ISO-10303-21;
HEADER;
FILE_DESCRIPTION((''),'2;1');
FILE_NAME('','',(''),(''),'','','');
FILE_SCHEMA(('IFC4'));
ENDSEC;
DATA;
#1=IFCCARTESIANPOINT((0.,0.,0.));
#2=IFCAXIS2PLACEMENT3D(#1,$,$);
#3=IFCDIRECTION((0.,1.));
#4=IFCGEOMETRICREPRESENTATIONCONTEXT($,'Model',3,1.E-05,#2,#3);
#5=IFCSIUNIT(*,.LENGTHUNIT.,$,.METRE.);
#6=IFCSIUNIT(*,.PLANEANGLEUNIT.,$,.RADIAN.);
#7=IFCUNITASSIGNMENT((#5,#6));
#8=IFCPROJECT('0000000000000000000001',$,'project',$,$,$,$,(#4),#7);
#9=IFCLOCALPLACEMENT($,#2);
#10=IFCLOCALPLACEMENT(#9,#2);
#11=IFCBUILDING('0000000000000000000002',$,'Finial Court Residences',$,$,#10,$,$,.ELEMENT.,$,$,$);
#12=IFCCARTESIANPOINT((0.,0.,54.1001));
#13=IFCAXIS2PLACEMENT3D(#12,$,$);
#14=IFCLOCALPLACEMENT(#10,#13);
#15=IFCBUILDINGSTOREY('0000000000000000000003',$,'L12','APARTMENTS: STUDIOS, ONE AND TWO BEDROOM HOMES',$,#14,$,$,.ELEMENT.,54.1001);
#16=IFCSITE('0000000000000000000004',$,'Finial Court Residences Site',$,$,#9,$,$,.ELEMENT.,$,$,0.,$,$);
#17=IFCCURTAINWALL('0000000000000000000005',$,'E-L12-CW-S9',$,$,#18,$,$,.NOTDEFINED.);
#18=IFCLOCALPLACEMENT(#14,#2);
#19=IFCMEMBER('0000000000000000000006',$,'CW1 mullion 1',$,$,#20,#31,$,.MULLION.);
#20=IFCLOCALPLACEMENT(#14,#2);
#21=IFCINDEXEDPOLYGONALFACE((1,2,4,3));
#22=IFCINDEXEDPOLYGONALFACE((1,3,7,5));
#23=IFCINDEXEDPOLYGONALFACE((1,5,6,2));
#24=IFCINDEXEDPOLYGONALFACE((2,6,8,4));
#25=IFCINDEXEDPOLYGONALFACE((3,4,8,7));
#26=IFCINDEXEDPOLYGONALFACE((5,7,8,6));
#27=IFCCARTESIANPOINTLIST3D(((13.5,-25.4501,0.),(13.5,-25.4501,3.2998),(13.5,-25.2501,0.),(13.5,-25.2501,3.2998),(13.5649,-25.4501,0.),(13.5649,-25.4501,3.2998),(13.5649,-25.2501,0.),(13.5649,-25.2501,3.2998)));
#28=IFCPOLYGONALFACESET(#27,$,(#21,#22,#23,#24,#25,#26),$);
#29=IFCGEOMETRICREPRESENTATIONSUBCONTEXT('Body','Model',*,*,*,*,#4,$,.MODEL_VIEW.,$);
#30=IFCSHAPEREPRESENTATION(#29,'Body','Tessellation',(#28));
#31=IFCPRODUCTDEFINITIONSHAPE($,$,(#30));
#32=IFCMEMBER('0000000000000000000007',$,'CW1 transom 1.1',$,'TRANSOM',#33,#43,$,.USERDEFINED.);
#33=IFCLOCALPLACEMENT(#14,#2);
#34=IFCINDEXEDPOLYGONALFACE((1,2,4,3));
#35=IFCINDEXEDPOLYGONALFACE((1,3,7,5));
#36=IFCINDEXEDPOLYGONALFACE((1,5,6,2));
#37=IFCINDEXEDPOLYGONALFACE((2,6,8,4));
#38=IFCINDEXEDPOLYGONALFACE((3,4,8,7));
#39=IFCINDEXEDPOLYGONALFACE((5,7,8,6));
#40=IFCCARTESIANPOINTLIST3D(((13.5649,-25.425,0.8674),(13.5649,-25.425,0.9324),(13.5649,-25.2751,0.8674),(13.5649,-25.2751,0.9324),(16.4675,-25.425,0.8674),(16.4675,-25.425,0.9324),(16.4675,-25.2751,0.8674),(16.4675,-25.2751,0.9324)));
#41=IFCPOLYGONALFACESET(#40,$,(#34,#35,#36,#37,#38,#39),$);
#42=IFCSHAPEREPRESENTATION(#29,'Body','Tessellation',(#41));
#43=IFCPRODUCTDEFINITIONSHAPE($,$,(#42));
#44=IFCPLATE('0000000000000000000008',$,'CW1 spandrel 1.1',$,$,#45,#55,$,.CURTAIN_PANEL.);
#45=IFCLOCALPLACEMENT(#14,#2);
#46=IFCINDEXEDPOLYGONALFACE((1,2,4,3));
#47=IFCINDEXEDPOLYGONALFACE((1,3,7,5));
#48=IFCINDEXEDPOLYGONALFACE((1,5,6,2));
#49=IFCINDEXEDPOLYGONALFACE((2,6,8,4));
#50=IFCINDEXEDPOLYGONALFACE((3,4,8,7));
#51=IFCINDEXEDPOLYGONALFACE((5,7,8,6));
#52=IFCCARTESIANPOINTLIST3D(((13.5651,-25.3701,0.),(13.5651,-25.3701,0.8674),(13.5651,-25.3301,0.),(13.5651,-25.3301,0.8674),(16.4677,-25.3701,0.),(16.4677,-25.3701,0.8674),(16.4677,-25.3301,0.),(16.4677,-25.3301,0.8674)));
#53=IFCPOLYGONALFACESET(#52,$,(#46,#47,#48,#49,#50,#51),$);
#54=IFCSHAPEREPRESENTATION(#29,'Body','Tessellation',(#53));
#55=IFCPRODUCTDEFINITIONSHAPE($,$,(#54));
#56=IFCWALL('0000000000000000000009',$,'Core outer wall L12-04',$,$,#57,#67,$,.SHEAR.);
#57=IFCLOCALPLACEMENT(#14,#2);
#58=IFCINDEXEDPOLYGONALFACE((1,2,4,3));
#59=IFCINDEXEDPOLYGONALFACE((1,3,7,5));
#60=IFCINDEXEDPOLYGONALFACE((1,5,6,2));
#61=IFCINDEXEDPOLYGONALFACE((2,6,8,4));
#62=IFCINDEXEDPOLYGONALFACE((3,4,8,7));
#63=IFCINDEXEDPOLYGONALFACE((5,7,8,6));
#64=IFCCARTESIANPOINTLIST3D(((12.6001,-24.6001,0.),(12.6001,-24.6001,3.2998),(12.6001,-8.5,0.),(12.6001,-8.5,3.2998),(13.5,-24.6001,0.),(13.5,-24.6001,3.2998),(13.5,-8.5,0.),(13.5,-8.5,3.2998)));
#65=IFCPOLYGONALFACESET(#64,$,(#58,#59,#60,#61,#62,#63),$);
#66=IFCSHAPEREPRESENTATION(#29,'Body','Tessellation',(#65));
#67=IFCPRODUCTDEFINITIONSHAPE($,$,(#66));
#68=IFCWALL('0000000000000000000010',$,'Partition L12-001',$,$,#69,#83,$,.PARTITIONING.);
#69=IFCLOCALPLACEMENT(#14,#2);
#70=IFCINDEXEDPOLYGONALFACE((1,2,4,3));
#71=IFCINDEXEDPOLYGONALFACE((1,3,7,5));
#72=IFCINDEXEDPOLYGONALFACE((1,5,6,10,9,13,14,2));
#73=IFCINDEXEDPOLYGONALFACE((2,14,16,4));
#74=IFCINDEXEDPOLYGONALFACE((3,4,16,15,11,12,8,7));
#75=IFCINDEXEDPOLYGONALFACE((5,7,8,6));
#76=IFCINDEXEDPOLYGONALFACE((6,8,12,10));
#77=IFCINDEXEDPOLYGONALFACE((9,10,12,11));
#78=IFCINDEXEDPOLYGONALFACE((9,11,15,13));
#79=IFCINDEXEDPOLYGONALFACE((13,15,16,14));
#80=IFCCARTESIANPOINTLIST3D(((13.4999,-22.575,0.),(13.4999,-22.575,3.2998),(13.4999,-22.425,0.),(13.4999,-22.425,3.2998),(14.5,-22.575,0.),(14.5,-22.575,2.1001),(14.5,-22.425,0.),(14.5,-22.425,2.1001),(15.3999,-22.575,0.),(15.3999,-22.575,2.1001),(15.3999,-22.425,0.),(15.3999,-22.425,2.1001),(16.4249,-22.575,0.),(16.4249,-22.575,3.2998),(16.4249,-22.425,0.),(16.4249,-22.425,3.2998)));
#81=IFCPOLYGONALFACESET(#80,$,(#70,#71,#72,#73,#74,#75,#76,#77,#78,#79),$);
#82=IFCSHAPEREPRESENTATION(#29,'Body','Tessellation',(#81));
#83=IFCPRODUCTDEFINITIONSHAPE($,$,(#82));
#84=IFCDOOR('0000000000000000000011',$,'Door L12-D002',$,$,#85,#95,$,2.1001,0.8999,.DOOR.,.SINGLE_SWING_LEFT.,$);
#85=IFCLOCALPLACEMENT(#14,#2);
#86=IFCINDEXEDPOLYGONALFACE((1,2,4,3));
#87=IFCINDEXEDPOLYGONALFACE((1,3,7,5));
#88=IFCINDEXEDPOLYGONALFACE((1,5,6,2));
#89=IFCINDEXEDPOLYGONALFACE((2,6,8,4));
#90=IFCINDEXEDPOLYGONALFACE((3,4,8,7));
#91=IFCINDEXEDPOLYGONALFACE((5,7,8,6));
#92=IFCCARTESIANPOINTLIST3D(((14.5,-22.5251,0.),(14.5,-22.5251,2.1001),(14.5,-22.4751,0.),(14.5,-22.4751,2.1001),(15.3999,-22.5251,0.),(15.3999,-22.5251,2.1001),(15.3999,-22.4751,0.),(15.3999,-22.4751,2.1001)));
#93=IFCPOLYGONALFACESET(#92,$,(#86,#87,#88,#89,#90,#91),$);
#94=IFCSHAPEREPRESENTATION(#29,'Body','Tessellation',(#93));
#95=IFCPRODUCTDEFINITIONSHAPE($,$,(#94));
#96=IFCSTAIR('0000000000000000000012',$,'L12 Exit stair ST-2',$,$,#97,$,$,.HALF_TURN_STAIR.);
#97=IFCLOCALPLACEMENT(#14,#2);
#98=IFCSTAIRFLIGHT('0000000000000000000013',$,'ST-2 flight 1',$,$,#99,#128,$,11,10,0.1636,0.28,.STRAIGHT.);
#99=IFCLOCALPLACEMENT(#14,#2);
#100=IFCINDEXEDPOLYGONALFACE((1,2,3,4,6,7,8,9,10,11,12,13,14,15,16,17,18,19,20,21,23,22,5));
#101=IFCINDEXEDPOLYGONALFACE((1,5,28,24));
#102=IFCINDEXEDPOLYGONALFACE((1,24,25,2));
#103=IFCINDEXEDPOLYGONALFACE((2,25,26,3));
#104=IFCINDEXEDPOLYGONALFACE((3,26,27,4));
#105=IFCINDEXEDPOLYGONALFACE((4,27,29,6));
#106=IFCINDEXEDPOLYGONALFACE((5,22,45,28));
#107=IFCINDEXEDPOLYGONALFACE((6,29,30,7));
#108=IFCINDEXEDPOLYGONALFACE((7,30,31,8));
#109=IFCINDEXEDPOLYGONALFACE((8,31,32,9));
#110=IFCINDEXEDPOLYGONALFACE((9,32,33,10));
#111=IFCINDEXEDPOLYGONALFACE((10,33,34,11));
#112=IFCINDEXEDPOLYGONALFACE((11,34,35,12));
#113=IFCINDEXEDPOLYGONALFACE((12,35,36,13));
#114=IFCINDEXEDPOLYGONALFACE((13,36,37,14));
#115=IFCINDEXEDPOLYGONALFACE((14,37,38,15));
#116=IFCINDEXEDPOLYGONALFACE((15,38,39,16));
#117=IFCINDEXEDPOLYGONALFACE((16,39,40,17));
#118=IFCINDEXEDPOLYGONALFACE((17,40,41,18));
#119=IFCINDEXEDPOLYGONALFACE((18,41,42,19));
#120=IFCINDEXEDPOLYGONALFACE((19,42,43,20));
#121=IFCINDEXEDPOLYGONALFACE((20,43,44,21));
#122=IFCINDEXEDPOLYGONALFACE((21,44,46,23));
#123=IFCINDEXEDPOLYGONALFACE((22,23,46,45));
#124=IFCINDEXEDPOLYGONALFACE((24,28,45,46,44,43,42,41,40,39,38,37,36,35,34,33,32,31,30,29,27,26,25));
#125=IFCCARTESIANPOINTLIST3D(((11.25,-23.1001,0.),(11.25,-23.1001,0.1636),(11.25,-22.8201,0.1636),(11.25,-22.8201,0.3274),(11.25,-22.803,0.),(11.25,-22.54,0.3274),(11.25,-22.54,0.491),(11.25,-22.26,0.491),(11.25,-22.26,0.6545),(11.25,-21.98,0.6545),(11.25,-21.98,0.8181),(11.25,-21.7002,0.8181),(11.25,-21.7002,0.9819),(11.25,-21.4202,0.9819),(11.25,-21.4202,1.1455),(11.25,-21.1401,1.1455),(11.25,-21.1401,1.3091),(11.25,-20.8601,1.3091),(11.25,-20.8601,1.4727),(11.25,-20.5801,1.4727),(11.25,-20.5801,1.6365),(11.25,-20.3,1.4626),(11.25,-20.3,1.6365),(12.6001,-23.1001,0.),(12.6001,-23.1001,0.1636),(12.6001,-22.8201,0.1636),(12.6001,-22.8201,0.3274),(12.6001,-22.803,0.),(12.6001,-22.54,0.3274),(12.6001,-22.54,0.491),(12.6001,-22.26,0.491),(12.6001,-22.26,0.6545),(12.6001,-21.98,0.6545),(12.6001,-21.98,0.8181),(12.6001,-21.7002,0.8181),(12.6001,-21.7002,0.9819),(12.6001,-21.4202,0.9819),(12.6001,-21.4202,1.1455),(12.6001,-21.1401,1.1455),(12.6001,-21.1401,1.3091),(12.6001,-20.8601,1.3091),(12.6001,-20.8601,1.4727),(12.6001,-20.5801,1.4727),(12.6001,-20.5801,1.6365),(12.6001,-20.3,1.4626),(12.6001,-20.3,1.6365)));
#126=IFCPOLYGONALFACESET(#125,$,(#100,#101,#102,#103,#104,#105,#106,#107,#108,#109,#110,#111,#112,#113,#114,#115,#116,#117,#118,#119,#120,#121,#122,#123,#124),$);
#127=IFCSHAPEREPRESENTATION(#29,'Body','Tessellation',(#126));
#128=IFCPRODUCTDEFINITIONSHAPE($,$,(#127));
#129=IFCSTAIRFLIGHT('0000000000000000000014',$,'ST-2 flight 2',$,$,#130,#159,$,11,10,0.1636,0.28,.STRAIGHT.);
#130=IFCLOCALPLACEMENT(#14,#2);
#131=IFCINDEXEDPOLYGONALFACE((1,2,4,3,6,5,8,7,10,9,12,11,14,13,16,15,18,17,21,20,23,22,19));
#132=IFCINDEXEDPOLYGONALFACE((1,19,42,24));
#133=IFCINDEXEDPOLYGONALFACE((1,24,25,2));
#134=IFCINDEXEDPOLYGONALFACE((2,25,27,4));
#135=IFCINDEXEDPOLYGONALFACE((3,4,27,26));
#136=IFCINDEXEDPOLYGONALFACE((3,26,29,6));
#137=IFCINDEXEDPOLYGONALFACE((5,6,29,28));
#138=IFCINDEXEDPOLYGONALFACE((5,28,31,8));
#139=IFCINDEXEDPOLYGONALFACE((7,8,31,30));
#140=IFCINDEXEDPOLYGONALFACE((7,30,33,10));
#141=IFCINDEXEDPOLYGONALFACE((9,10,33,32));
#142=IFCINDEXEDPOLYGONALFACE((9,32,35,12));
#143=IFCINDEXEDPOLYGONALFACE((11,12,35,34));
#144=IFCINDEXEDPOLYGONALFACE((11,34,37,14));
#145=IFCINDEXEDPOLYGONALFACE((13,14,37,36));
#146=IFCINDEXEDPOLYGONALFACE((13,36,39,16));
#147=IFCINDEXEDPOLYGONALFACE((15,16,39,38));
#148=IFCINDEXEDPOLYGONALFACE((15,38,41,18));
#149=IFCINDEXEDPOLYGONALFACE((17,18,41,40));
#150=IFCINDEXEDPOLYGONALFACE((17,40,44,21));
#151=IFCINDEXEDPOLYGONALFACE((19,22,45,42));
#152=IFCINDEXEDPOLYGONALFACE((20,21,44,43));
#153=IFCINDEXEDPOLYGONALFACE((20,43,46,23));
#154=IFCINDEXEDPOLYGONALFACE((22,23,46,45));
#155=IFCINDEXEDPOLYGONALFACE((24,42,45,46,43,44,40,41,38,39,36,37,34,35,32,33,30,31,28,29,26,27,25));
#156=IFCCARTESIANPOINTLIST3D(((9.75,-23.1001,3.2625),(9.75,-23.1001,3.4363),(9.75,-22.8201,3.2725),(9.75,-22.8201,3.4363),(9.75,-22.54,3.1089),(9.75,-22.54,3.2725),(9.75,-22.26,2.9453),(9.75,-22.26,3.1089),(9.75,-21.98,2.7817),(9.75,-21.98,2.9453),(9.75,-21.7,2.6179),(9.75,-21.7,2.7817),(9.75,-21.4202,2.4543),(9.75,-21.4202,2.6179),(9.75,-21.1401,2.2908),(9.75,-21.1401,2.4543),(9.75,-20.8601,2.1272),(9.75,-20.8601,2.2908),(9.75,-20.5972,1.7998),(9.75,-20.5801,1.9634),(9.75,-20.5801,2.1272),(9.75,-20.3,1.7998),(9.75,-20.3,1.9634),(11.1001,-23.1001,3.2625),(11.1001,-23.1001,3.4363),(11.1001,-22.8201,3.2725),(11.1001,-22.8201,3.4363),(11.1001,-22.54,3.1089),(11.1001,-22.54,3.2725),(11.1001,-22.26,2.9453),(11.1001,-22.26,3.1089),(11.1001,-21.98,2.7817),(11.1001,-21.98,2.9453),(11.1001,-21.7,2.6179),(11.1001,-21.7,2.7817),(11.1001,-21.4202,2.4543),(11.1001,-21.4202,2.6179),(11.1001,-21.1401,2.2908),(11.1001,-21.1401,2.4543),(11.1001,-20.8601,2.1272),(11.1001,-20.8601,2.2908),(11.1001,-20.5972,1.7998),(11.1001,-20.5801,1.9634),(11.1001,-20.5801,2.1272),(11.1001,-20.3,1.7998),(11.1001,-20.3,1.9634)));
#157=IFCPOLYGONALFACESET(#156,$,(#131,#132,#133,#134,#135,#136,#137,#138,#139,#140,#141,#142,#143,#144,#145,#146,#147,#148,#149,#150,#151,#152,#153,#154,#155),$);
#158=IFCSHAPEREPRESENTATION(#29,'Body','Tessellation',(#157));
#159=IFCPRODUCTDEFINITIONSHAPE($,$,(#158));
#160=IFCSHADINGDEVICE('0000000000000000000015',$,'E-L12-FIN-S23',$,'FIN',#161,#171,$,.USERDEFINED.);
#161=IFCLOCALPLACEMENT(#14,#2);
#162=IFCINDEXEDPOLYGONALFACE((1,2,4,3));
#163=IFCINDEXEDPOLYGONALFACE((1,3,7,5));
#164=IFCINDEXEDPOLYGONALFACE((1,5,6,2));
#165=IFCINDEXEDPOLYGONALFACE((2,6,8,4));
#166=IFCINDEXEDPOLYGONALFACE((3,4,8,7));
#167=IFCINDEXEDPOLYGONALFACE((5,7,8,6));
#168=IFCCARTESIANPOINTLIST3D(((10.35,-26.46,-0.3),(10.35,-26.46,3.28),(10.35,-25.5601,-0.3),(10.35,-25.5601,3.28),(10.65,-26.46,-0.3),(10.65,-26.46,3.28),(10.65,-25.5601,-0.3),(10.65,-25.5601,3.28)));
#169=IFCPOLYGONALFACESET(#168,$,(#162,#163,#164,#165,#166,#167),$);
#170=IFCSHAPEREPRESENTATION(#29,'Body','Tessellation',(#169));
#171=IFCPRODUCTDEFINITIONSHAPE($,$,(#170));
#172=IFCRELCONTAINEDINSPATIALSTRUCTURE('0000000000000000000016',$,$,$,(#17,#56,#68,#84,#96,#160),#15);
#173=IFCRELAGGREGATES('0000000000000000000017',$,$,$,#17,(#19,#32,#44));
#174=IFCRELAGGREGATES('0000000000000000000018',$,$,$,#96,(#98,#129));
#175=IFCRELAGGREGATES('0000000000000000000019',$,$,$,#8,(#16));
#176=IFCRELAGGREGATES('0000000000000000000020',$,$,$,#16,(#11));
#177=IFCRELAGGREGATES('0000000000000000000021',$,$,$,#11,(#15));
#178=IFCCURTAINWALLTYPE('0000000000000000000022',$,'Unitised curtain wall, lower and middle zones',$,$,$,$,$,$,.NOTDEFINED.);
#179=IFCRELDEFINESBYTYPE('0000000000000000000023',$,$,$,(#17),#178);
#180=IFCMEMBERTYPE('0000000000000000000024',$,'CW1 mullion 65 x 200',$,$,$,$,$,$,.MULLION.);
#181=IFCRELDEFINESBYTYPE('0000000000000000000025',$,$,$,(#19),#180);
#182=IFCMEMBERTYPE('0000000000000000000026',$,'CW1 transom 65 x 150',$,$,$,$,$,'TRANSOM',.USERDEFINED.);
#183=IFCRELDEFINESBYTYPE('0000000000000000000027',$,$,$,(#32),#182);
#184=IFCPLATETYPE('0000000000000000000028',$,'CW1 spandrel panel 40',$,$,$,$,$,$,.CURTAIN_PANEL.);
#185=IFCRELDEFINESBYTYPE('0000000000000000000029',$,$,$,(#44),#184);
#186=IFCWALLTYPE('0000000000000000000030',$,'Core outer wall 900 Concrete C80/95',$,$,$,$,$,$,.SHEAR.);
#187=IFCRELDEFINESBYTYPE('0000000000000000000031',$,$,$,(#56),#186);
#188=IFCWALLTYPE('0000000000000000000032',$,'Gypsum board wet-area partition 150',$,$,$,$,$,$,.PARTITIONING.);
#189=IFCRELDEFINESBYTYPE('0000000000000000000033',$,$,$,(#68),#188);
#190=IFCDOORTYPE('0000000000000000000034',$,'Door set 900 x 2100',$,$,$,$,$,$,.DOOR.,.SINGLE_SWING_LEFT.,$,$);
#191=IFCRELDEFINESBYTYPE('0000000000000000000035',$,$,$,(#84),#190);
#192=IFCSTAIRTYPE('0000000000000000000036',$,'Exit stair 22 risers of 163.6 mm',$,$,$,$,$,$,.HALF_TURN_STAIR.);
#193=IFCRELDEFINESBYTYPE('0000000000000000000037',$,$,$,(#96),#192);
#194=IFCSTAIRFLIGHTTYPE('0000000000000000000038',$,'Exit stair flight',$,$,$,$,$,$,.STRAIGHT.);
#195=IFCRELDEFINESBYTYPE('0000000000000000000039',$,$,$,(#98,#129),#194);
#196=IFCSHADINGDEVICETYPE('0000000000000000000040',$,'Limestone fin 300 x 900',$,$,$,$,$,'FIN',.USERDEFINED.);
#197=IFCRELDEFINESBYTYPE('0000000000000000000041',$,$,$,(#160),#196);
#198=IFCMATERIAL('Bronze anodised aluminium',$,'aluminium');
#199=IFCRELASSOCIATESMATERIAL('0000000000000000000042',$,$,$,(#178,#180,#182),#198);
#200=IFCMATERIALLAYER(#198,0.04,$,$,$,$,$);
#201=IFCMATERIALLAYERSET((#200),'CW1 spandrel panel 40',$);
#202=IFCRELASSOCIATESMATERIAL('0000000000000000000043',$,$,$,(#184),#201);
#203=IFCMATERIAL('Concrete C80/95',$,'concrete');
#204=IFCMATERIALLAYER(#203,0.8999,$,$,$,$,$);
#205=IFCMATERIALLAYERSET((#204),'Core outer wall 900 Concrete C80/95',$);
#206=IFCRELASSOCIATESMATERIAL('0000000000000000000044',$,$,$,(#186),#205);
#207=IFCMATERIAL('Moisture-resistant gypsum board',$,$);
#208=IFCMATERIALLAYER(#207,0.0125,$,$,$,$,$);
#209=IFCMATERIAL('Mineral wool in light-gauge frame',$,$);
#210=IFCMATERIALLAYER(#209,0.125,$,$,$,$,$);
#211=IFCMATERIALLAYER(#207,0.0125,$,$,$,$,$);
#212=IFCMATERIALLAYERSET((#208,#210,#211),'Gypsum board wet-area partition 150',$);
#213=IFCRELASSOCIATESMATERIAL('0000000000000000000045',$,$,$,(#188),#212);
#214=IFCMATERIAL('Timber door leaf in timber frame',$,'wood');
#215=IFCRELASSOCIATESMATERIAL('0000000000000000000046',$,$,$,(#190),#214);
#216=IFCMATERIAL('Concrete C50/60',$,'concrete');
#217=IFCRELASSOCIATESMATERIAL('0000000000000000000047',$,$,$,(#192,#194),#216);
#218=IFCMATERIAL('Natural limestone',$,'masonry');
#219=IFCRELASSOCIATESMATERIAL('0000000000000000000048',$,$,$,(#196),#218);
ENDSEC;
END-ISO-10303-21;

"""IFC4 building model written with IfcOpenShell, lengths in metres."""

from ifc_helpers import new_model, si_unit, direction, frame, frame_2d, origin, origin_2d, place, context, subcontext, project, spatial, polyline, rectangle, outline, extrude, material, layer, layer_set, material_profile, profile_set, type_object, element, fill, aggregate, save


model = new_model("IFC4")

# Units and contexts
model_context = context("Model", 3, precision=1e-05, world=origin(), true_north=direction((0.0, 1.0)))
body_context = subcontext(model_context, "Body", "Model", "MODEL_VIEW")
ifc_project = project(units=[si_unit("LENGTHUNIT", "METRE"), si_unit("PLANEANGLEUNIT", "RADIAN")], contexts=[model_context])

# Site, building, storey
site_placement = place(None, origin())
site = spatial("IfcSite", under=ifc_project, at=site_placement, Name="Finial Court Residences Site", CompositionType="ELEMENT", RefElevation=0.0)
building_placement = place(site_placement, origin())
building = spatial("IfcBuilding", under=site, at=building_placement, Name="Finial Court Residences", CompositionType="ELEMENT")
storey_placement = place(building_placement, frame((0.0, 0.0, 54.1001)))
storey = spatial("IfcBuildingStorey", under=building, at=storey_placement, Name="L12", Description="APARTMENTS: STUDIOS, ONE AND TWO BEDROOM HOMES", CompositionType="ELEMENT", Elevation=54.1001)

# Curtain wall, members, plate
ifc_material_1 = material(Name="Bronze anodised aluminium", Category="aluminium")
curtain_wall_type = type_object("IfcCurtainWallType", Name="Unitised curtain wall, lower and middle zones", PredefinedType="NOTDEFINED", material=ifc_material_1)
curtain_wall_placement = place(storey_placement, origin())
curtain_wall = element("IfcCurtainWall", 1, at=curtain_wall_placement, inside=storey, type_object=curtain_wall_type, Name="E-L12-CW-S9", PredefinedType="NOTDEFINED")
ifc_material_profile_1 = material_profile(ifc_material_1, rectangle(XDim=0.2, YDim=0.0649, at=origin_2d()), Name="CW1 mullion 65 x 200")
ifc_profile_set_1 = profile_set([ifc_material_profile_1], Name="Bronze anodised aluminium")
member_type_1 = type_object("IfcMemberType", Name="CW1 mullion 65 x 200", PredefinedType="MULLION", material=ifc_profile_set_1)
member_1_placement = place(storey_placement, frame((13.5325, -25.3501, 0.0), z_axis=(0.0, 0.0, 1.0), x_axis=(0.0, 1.0, 0.0)))
member_1 = element("IfcMember", 2, at=member_1_placement, type_object=member_type_1, Name="CW1 mullion 1", PredefinedType="MULLION", context=body_context, shape_type="SweptSolid", body=[
    extrude(rectangle(XDim=0.2, YDim=0.0649, at=origin_2d()), origin(), (0.0, 0.0, 1.0), 3.2998),
])
ifc_material_profile_2 = material_profile(ifc_material_1, rectangle(XDim=0.1499, YDim=0.0649, at=origin_2d()), Name="CW1 transom 65 x 150")
ifc_profile_set_2 = profile_set([ifc_material_profile_2], Name="Bronze anodised aluminium")
member_type_2 = type_object("IfcMemberType", Name="CW1 transom 65 x 150", ElementType="TRANSOM", PredefinedType="USERDEFINED", material=ifc_profile_set_2)
member_2_placement = place(storey_placement, frame((13.5649, -25.3501, 0.8999), z_axis=(1.0, 0.0, 0.0), x_axis=(0.0, 1.0, 0.0)))
member_2 = element("IfcMember", 3, at=member_2_placement, type_object=member_type_2, Name="CW1 transom 1.1", ObjectType="TRANSOM", PredefinedType="USERDEFINED", context=body_context, shape_type="SweptSolid", body=[
    extrude(rectangle(XDim=0.1499, YDim=0.0649, at=origin_2d()), origin(), (0.0, 0.0, 1.0), 2.9026),
])
ifc_layer_1 = layer(ifc_material_1, 0.04)
ifc_layer_set_1 = layer_set([ifc_layer_1], Name="CW1 spandrel panel 40")
plate_type = type_object("IfcPlateType", Name="CW1 spandrel panel 40", PredefinedType="CURTAIN_PANEL", material=ifc_layer_set_1)
plate_placement = place(storey_placement, frame((15.0164, -25.3501, 0.0), z_axis=(0.0, 0.0, 1.0), x_axis=(1.0, 0.0, 0.0)))
plate = element("IfcPlate", 4, at=plate_placement, type_object=plate_type, Name="CW1 spandrel 1.1", PredefinedType="CURTAIN_PANEL", context=body_context, shape_type="SweptSolid", body=[
    extrude(rectangle(XDim=2.9026, YDim=0.04, at=origin_2d()), origin(), (0.0, 0.0, 1.0), 0.8674),
])
aggregate(curtain_wall, [member_1, member_2, plate])

# Wall
ifc_material_2 = material(Name="Concrete C80/95", Category="concrete")
ifc_layer_2 = layer(ifc_material_2, 0.8999)
ifc_layer_set_2 = layer_set([ifc_layer_2], Name="Core outer wall 900 Concrete C80/95")
wall_type_1 = type_object("IfcWallType", Name="Core outer wall 900 Concrete C80/95", PredefinedType="SHEAR", material=ifc_layer_set_2)
wall_1_placement = place(storey_placement, frame((13.05, -24.6001, 0.0), z_axis=(0.0, 0.0, 1.0), x_axis=(0.0, 1.0, 0.0)))
element("IfcWall", 5, at=wall_1_placement, inside=storey, type_object=wall_type_1, Name="Core outer wall L12-04", PredefinedType="SHEAR", context=body_context, shape_type="SweptSolid", body=[
    extrude(rectangle(XDim=16.1001, YDim=0.8999, at=frame_2d((8.05, 0.0))), origin(), (0.0, 0.0, 1.0), 3.2998),
])

# Wall, opening, door
ifc_material_3 = material(Name="Moisture-resistant gypsum board")
ifc_layer_3 = layer(ifc_material_3, 0.0125)
ifc_material_4 = material(Name="Mineral wool in light-gauge frame")
ifc_layer_4 = layer(ifc_material_4, 0.125)
ifc_layer_5 = layer(ifc_material_3, 0.0125)
ifc_layer_set_3 = layer_set([ifc_layer_3, ifc_layer_4, ifc_layer_5], Name="Gypsum board wet-area partition 150")
wall_type_2 = type_object("IfcWallType", Name="Gypsum board wet-area partition 150", PredefinedType="PARTITIONING", material=ifc_layer_set_3)
wall_2_placement = place(storey_placement, frame((13.5, -22.5, 0.0), z_axis=(0.0, 0.0, 1.0), x_axis=(1.0, 0.0, 0.0)))
wall_2 = element("IfcWall", 6, at=wall_2_placement, inside=storey, type_object=wall_type_2, Name="Partition L12-001", PredefinedType="PARTITIONING", context=body_context, shape_type="SweptSolid", body=[
    extrude(rectangle(XDim=2.925, YDim=0.1499, at=frame_2d((1.4624, 0.0))), origin(), (0.0, 0.0, 1.0), 3.2998),
])
opening_placement = place(wall_2_placement, frame((1.0, 0.0, 0.0)))
opening = element("IfcOpeningElement", 7, at=opening_placement, cuts=wall_2, PredefinedType="OPENING", context=body_context, shape_type="SweptSolid", body=[
    extrude(rectangle(XDim=0.8999, YDim=2.1001, at=frame_2d((0.45, 1.05))), frame((0.0, 0.085, 0.0), z_axis=(0.0, -1.0, 0.0), x_axis=(1.0, 0.0, 0.0)), (0.0, 0.0, 1.0), 0.1699),
])
ifc_material_5 = material(Name="Timber door leaf in timber frame", Category="wood")
door_type = type_object("IfcDoorType", Name="Door set 900 x 2100", OperationType="SINGLE_SWING_LEFT", PredefinedType="DOOR", material=ifc_material_5)
door_placement = place(opening_placement, origin())
door = element("IfcDoor", 8, at=door_placement, inside=storey, type_object=door_type, Name="Door L12-D002", OperationType="SINGLE_SWING_LEFT", OverallHeight=2.1001, OverallWidth=0.8999, PredefinedType="DOOR", context=body_context, shape_type="SweptSolid", body=[
    extrude(rectangle(XDim=0.8999, YDim=2.1001, at=frame_2d((0.45, 1.05))), frame((0.0, 0.0249, 0.0), z_axis=(0.0, -1.0, 0.0), x_axis=(1.0, 0.0, 0.0)), (0.0, 0.0, 1.0), 0.05),
])
fill(opening, door)

# Stair, stair flights
ifc_material_6 = material(Name="Concrete C50/60", Category="concrete")
stair_type = type_object("IfcStairType", Name="Exit stair 22 risers of 163.6 mm", PredefinedType="HALF_TURN_STAIR", material=ifc_material_6)
stair_placement = place(storey_placement, origin())
stair = element("IfcStair", 9, at=stair_placement, inside=storey, type_object=stair_type, Name="L12 Exit stair ST-2", PredefinedType="HALF_TURN_STAIR")
stair_flight_type = type_object("IfcStairFlightType", Name="Exit stair flight", PredefinedType="STRAIGHT", material=ifc_material_6)
stair_flight_1_placement = place(storey_placement, frame((11.925, -23.1001, 0.0), z_axis=(0.0, 0.0, 1.0), x_axis=(0.0, 1.0, 0.0)))
stair_flight_1 = element("IfcStairFlight", 10, at=stair_flight_1_placement, type_object=stair_flight_type, Name="ST-2 flight 1", NumberOfRisers=11, NumberOfTreads=10, PredefinedType="STRAIGHT", RiserHeight=0.1636, TreadLength=0.28, context=body_context, shape_type="SweptSolid", body=[
    extrude(outline(polyline([(0.0, 0.0), (0.0, 0.1636), (0.28, 0.1636), (0.28, 0.3274), (0.5601, 0.3274), (0.5601, 0.491), (0.8401, 0.491), (0.8401, 0.6545), (1.1201, 0.6545), (1.1201, 0.8181), (1.3999, 0.8181), (1.3999, 0.9819), (1.6799, 0.9819), (1.6799, 1.1455), (1.96, 1.1455), (1.96, 1.3091), (2.24, 1.3091), (2.24, 1.4727), (2.52, 1.4727), (2.52, 1.6365), (2.8, 1.6365), (2.8, 1.8), (2.8, 1.4626), (0.2971, 0.0), (0.0, 0.0)])), frame((0.0, 0.675, 0.0), z_axis=(0.0, -1.0, 0.0), x_axis=(1.0, 0.0, 0.0)), (0.0, 0.0, 1.0), 1.3501),
])
stair_flight_2_placement = place(storey_placement, frame((10.425, -20.3, 1.7998), z_axis=(0.0, 0.0, 1.0), x_axis=(0.0, -1.0, 0.0)))
stair_flight_2 = element("IfcStairFlight", 11, at=stair_flight_2_placement, type_object=stair_flight_type, Name="ST-2 flight 2", NumberOfRisers=11, NumberOfTreads=10, PredefinedType="STRAIGHT", RiserHeight=0.1636, TreadLength=0.28, context=body_context, shape_type="SweptSolid", body=[
    extrude(outline(polyline([(0.0, 0.0), (0.0, 0.1636), (0.28, 0.1636), (0.28, 0.3274), (0.5601, 0.3274), (0.5601, 0.491), (0.8401, 0.491), (0.8401, 0.6545), (1.1201, 0.6545), (1.1201, 0.8181), (1.3999, 0.8181), (1.3999, 0.9819), (1.6799, 0.9819), (1.6799, 1.1455), (1.96, 1.1455), (1.96, 1.3091), (2.24, 1.3091), (2.24, 1.4727), (2.52, 1.4727), (2.52, 1.6365), (2.8, 1.6365), (2.8, 1.8), (2.8, 1.4626), (0.2971, 0.0), (0.0, 0.0)])), frame((0.0, 0.675, 0.0), z_axis=(0.0, -1.0, 0.0), x_axis=(1.0, 0.0, 0.0)), (0.0, 0.0, 1.0), 1.3501),
])
aggregate(stair, [stair_flight_1, stair_flight_2])

# Shading device
ifc_material_7 = material(Name="Natural limestone", Category="masonry")
shading_device_type = type_object("IfcShadingDeviceType", Name="Limestone fin 300 x 900", ElementType="FIN", PredefinedType="USERDEFINED", material=ifc_material_7)
for number, where, z_axis, x_axis, name in (
    (12, (10.5, -26.01, -0.3), (0.0, 0.0, 1.0), (1.0, 0.0, 0.0), "E-L12-FIN-S23"),
):
    element("IfcShadingDevice", number, at=place(storey_placement, frame(where, z_axis=z_axis, x_axis=x_axis)), inside=storey, type_object=shading_device_type, Name=name, ObjectType="FIN", PredefinedType="USERDEFINED", context=body_context, shape_type="SweptSolid", body=[
        extrude(rectangle(XDim=0.3, YDim=0.8999, at=origin_2d()), origin(), (0.0, 0.0, 1.0), 3.5801),
    ])

save(model, "model.ifc")
